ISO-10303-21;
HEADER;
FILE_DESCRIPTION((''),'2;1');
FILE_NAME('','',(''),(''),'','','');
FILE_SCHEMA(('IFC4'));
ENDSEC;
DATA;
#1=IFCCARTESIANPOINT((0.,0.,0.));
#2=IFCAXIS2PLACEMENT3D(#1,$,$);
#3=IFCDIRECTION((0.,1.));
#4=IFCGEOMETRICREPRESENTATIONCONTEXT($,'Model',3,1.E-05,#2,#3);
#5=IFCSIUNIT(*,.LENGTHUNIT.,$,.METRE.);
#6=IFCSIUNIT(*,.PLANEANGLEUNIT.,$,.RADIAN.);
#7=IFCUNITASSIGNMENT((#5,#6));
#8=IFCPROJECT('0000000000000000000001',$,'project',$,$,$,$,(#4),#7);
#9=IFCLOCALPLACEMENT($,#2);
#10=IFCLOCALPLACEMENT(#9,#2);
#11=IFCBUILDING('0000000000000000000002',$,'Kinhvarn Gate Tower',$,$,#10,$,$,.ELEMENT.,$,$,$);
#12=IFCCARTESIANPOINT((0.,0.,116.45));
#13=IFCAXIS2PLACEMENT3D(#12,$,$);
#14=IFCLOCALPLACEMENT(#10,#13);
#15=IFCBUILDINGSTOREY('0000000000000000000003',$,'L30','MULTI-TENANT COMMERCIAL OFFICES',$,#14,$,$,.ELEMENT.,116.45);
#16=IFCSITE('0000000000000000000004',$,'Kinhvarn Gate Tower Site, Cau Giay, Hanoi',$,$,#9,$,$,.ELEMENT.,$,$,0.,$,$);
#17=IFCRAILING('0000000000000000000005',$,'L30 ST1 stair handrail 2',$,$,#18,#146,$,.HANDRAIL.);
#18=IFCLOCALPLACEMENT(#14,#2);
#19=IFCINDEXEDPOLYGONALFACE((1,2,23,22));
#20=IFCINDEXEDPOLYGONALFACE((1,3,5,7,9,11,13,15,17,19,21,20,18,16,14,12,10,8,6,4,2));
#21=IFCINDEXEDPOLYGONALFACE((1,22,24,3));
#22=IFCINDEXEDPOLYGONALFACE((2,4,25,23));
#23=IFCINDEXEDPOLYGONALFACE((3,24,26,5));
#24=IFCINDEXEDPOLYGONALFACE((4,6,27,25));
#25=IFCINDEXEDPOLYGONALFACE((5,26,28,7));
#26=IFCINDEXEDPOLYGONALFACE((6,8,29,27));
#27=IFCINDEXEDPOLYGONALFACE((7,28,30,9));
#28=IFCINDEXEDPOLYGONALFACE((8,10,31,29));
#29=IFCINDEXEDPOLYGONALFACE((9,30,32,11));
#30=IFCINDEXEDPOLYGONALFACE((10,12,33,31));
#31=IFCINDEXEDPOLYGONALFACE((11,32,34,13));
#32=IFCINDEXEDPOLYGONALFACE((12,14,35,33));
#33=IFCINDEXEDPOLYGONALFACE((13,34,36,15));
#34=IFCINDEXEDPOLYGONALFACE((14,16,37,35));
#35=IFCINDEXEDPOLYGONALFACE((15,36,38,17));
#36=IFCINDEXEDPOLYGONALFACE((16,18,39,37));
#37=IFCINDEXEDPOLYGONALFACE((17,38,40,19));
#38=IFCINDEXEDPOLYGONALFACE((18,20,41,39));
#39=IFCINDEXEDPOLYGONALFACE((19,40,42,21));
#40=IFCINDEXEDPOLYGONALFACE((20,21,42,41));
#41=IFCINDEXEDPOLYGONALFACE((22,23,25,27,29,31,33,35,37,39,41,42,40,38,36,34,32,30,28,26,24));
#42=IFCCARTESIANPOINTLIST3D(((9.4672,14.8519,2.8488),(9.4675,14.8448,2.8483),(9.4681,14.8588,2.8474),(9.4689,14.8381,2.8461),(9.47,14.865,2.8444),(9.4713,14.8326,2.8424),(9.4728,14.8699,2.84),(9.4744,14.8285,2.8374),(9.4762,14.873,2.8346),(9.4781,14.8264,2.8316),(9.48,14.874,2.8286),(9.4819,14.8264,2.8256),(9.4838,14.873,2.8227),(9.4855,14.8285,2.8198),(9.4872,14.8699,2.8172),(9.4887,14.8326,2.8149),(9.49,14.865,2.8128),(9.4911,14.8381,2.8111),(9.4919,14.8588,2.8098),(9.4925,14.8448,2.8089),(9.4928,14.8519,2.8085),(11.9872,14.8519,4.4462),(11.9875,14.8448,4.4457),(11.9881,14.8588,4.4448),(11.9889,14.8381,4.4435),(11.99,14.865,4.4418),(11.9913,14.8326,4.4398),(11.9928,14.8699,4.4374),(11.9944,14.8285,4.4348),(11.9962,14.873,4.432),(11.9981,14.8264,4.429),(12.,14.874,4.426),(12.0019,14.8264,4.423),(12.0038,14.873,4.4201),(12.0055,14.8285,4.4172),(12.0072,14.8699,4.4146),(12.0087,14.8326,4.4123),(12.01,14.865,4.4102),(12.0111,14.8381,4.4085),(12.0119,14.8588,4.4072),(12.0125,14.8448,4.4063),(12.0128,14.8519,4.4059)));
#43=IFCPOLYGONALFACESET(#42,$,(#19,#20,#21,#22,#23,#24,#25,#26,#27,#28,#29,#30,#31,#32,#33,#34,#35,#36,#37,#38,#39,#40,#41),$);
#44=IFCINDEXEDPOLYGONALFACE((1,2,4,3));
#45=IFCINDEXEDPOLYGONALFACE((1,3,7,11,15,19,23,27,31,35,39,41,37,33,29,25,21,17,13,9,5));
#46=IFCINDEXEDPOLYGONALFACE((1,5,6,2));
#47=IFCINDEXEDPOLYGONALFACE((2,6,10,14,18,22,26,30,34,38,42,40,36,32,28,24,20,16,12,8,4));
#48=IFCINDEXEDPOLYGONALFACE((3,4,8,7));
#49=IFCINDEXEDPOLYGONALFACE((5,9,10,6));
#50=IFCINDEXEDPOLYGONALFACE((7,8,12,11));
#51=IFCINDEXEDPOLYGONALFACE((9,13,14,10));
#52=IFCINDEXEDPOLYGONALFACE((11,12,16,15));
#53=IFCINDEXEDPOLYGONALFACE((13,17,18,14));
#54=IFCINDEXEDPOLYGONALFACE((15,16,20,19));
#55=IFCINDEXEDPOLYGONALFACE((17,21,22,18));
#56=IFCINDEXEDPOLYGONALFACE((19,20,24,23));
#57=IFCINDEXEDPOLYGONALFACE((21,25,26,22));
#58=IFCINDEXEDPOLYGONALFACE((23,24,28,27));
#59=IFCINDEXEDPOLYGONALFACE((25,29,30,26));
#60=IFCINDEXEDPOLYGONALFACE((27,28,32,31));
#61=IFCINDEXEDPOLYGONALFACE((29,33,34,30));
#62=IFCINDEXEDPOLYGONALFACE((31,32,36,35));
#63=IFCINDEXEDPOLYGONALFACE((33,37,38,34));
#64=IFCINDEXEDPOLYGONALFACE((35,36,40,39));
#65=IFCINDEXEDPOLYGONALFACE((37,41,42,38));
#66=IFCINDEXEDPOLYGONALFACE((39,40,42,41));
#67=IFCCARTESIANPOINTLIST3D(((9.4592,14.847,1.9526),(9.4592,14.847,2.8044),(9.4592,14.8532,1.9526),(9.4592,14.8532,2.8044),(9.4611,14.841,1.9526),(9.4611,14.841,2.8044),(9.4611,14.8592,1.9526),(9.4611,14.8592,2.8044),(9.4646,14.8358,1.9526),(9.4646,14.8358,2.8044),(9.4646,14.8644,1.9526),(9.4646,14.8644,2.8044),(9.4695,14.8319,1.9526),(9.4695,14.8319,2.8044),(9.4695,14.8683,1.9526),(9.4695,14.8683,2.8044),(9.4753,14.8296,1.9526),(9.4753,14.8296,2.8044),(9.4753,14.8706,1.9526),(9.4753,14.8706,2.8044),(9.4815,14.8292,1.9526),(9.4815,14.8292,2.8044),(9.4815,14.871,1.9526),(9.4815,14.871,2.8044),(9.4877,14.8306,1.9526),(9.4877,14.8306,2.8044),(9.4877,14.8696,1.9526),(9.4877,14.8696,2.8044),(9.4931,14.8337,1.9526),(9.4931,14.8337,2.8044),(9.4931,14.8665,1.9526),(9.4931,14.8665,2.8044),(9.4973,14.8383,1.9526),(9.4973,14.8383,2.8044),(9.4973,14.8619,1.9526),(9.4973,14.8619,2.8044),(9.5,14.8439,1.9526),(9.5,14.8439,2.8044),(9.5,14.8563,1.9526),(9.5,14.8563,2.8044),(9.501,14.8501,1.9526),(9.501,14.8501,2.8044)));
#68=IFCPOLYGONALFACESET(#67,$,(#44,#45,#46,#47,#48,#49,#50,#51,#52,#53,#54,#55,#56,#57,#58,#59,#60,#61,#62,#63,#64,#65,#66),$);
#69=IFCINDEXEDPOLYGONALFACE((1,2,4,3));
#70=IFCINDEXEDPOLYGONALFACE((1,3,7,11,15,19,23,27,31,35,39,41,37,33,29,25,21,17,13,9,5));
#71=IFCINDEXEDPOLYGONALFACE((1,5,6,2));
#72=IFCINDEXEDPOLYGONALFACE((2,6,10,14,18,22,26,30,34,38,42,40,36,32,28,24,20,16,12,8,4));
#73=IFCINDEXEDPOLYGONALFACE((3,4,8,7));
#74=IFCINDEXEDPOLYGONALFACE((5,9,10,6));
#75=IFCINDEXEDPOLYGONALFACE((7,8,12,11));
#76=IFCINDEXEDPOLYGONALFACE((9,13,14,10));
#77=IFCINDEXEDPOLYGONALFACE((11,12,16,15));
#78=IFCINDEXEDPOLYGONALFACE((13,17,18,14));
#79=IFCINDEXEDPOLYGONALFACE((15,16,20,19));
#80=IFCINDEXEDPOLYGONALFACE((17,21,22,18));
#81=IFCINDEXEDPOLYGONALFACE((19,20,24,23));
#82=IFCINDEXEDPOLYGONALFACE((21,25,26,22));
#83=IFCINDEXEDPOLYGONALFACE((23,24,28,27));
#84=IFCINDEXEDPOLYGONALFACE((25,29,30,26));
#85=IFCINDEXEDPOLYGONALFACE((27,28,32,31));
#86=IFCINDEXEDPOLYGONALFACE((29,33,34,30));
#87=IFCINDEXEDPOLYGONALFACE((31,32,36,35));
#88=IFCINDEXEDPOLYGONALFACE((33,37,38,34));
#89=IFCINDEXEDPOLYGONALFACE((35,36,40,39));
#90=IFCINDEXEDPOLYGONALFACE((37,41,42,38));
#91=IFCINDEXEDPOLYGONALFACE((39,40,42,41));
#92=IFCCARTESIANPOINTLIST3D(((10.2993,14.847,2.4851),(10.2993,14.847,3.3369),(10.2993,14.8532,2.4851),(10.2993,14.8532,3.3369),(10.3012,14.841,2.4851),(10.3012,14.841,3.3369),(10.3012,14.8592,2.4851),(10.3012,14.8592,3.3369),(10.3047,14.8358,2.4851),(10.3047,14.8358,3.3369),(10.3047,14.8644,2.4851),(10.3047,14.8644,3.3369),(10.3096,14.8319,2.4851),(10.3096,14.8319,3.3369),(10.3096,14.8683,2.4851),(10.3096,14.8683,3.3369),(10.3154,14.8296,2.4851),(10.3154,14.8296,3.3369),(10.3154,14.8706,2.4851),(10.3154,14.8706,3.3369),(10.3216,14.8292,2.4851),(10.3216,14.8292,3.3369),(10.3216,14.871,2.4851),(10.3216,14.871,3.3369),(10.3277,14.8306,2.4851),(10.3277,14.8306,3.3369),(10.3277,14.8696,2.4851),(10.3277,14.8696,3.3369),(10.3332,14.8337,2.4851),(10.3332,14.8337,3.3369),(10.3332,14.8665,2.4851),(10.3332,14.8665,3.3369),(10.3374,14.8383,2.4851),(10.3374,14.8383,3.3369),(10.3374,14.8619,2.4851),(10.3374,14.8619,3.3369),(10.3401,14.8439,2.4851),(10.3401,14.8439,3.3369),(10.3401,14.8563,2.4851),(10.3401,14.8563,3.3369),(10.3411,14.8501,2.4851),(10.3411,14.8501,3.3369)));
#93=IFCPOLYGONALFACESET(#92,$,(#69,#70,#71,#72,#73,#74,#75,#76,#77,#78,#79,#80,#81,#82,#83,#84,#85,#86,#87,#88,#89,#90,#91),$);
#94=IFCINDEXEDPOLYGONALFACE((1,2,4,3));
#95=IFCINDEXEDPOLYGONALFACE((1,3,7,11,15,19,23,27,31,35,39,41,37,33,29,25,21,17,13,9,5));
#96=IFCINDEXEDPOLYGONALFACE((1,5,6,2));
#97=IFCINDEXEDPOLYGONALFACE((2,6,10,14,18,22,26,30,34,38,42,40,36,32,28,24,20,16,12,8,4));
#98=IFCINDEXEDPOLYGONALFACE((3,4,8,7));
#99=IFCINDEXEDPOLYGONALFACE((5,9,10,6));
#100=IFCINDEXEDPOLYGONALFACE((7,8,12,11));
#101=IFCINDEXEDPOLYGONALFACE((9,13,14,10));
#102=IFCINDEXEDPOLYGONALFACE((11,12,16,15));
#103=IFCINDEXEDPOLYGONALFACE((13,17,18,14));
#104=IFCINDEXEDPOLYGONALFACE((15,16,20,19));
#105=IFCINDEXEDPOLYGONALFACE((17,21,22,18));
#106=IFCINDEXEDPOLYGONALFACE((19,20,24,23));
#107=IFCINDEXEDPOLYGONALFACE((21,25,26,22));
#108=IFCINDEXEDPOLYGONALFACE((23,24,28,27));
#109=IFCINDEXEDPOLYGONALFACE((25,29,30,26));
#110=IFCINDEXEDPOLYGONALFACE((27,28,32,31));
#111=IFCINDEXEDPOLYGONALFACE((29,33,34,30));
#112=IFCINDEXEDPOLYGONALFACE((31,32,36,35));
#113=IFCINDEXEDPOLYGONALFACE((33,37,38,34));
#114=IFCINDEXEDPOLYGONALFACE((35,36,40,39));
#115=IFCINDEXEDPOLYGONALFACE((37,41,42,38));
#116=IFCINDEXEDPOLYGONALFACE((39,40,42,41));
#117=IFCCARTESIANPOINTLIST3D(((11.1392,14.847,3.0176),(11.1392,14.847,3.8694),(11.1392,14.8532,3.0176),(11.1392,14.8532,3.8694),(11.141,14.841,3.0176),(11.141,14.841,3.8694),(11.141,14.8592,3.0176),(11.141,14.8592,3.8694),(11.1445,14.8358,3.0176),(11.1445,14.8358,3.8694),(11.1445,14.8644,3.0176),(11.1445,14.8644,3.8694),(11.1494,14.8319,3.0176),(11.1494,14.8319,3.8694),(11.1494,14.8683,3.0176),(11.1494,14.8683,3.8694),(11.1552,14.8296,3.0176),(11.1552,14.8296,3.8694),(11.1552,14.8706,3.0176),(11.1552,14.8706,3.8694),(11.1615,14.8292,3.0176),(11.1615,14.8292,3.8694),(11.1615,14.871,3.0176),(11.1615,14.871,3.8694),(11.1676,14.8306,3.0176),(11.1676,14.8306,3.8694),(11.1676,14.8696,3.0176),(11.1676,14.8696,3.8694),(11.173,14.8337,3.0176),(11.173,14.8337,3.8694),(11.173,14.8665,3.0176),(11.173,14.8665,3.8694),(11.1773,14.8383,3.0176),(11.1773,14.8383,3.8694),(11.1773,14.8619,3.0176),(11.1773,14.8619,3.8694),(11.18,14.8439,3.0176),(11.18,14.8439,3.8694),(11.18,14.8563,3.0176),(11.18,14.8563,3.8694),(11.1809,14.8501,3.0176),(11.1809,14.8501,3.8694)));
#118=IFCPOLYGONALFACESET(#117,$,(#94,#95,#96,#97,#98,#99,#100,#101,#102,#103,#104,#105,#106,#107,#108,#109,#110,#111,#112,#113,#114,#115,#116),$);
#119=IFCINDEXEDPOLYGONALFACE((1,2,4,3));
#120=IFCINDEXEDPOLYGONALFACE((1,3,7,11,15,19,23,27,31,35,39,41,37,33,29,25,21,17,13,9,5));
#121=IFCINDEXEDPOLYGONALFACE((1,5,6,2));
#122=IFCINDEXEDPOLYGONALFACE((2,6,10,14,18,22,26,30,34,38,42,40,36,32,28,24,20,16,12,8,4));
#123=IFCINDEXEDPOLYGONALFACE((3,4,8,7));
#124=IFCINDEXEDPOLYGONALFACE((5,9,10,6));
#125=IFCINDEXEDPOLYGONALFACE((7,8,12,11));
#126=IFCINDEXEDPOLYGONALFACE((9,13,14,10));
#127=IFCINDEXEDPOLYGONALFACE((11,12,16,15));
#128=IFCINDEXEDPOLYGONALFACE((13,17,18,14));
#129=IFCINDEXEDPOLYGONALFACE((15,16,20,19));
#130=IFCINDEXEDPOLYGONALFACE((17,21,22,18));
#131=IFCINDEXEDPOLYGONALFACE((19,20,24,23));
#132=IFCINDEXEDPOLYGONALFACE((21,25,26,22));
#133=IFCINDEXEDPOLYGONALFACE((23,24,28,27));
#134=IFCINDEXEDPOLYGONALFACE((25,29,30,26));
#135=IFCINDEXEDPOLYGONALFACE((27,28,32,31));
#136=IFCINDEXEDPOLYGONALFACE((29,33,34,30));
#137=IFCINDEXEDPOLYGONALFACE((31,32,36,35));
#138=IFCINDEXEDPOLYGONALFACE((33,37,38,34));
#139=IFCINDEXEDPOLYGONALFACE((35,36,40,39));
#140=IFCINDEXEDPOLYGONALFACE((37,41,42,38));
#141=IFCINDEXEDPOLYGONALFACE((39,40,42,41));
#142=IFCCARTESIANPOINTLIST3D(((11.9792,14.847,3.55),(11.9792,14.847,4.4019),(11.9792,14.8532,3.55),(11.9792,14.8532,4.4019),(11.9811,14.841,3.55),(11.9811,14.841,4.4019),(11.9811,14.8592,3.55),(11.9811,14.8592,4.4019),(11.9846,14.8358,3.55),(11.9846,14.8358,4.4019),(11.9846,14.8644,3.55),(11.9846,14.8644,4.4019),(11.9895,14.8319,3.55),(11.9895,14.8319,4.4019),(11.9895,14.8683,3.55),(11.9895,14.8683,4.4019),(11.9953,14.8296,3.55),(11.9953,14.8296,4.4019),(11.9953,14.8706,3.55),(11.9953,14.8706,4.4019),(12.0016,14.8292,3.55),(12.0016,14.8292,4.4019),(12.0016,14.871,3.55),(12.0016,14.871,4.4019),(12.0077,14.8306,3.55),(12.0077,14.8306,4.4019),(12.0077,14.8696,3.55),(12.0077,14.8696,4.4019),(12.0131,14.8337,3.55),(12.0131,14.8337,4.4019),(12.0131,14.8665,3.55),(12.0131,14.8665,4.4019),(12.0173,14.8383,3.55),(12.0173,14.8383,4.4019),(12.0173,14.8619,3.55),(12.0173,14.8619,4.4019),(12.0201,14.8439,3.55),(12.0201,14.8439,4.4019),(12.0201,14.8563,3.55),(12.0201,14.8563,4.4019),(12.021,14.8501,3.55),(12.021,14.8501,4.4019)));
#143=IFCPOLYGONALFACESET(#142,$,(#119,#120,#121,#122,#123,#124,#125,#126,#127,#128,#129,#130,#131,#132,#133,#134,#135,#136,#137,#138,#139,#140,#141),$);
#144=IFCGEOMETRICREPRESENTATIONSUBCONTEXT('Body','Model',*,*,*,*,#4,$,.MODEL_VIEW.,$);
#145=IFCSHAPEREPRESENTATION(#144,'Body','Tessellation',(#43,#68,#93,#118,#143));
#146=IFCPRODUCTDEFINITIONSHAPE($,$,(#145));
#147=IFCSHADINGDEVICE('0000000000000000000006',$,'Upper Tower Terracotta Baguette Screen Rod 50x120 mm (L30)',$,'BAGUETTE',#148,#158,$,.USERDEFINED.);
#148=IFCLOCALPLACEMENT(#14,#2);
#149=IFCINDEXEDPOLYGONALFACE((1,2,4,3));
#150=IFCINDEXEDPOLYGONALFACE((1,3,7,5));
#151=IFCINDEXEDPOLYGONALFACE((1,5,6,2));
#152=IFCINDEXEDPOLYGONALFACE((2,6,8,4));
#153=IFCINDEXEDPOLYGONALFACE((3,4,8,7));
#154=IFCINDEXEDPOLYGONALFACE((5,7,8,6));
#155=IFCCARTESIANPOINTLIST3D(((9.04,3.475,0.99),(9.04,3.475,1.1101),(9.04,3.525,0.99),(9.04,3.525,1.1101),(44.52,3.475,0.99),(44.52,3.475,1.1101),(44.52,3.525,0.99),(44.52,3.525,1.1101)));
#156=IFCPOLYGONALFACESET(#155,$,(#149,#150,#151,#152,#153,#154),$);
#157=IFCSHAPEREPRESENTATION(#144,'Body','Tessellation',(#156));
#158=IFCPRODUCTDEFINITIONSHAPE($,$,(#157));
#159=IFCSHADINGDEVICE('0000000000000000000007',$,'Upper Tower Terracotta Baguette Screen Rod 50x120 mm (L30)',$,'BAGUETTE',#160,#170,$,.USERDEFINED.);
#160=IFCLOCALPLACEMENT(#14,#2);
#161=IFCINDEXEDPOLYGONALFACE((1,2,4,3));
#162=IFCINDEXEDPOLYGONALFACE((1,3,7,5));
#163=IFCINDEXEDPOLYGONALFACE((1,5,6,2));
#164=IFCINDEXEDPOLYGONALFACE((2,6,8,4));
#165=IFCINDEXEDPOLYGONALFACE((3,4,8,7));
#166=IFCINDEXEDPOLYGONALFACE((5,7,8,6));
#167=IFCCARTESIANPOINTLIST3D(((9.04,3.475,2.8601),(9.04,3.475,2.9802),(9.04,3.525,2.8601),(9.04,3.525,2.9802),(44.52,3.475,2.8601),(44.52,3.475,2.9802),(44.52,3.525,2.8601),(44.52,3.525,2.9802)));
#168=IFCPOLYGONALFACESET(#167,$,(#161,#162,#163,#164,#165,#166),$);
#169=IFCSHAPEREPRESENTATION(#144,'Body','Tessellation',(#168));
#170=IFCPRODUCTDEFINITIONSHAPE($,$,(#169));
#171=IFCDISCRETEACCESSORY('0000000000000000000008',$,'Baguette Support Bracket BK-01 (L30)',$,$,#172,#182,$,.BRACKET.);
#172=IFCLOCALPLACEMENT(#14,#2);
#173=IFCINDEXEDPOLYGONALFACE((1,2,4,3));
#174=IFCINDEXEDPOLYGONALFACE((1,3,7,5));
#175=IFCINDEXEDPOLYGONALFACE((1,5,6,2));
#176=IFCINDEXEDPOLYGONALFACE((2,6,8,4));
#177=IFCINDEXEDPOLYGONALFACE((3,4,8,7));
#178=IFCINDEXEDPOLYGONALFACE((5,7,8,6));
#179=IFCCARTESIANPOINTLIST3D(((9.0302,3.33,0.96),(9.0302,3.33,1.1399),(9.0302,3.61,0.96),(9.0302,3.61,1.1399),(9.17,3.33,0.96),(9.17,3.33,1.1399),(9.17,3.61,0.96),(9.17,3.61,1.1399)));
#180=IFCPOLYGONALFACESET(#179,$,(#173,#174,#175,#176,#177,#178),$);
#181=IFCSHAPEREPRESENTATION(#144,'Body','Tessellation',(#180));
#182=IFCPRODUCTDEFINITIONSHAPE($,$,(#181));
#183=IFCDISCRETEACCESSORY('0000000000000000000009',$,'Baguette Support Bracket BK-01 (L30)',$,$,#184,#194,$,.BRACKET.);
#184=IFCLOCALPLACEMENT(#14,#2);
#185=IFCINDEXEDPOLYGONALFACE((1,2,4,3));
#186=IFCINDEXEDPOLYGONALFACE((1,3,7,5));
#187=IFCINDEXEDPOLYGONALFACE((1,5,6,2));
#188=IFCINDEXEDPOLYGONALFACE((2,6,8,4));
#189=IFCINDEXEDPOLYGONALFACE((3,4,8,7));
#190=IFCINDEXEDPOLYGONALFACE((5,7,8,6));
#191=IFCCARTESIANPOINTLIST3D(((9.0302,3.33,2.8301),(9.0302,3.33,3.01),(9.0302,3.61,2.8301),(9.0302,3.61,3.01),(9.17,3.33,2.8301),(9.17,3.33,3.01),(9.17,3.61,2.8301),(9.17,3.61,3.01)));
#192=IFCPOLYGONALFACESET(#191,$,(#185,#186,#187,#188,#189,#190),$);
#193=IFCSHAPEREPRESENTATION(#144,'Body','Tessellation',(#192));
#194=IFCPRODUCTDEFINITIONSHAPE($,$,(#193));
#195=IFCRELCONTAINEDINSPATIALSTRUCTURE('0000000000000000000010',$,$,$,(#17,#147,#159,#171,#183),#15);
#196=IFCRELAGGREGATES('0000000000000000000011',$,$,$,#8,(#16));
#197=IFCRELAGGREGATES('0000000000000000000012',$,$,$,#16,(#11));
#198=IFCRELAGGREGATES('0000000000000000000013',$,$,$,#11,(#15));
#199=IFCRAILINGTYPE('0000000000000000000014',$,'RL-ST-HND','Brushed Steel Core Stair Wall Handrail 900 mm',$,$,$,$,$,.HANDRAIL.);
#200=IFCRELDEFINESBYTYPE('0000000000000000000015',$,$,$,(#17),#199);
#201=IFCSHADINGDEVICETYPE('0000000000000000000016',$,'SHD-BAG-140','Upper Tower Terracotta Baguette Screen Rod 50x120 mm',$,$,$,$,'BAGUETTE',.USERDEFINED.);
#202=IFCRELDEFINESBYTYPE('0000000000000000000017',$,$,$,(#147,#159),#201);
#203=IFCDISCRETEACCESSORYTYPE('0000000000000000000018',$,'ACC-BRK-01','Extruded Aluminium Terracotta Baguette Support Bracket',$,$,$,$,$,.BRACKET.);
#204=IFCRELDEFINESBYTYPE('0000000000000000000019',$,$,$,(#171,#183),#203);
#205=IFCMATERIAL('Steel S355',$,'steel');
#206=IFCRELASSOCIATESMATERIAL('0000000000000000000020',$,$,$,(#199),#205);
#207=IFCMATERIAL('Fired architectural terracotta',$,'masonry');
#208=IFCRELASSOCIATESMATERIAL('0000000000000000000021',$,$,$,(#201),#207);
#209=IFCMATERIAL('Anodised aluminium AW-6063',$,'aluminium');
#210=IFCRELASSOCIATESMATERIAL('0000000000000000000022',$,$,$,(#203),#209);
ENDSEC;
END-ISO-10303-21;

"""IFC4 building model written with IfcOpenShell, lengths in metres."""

from ifc_helpers import new_model, si_unit, direction, frame, origin, origin_2d, place, context, subcontext, project, spatial, rectangle, circle, extrude, material, material_profile, profile_set, type_object, element, save


model = new_model("IFC4")

# Units and contexts
model_context = context("Model", 3, precision=1e-05, world=origin(), true_north=direction((0.0, 1.0)))
body_context = subcontext(model_context, "Body", "Model", "MODEL_VIEW")
ifc_project = project(units=[si_unit("LENGTHUNIT", "METRE"), si_unit("PLANEANGLEUNIT", "RADIAN")], contexts=[model_context])

# Site, building, storey
site_placement = place(None, origin())
site = spatial("IfcSite", under=ifc_project, at=site_placement, Name="Kinhvarn Gate Tower Site, Cau Giay, Hanoi", CompositionType="ELEMENT", RefElevation=0.0)
building_placement = place(site_placement, origin())
building = spatial("IfcBuilding", under=site, at=building_placement, Name="Kinhvarn Gate Tower", CompositionType="ELEMENT")
storey_placement = place(building_placement, frame((0.0, 0.0, 116.45)))
storey = spatial("IfcBuildingStorey", under=building, at=storey_placement, Name="L30", Description="MULTI-TENANT COMMERCIAL OFFICES", CompositionType="ELEMENT", Elevation=116.45)

# Shared definitions
ifc_material_1 = material(Name="Anodised aluminium AW-6063", Category="aluminium")

# Shared definitions
ifc_material_2 = material(Name="Steel S355", Category="steel")

# Shared definitions
ifc_material_3 = material(Name="Fired architectural terracotta", Category="masonry")

# Railing
railing_type_1 = type_object("IfcRailingType", Name="RL-ST-HND", Description="Brushed Steel Core Stair Wall Handrail 900 mm", PredefinedType="HANDRAIL", material=ifc_material_2)
railing_1_placement = place(storey_placement, frame((9.48, 14.8501, 1.9526)))
element("IfcRailing", 1, at=railing_1_placement, inside=storey, type_object=railing_type_1, Name="L30 ST1 stair handrail 2", PredefinedType="HANDRAIL", context=body_context, shape_type="SweptSolid", body=[
    extrude(circle(Radius=0.0239, at=origin_2d()), frame((0.0, 0.0, 0.876), z_axis=(0.844607, 0.0, 0.535387), x_axis=(0.0, 1.0, 0.0)), (0.0, 0.0, 1.0), 2.9836),
    extrude(circle(Radius=0.021, at=origin_2d()), origin(), (0.0, 0.0, 1.0), 0.8518),
    extrude(circle(Radius=0.021, at=origin_2d()), frame((0.8401, 0.0, 0.5325)), (0.0, 0.0, 1.0), 0.8518),
    extrude(circle(Radius=0.021, at=origin_2d()), frame((1.6799, 0.0, 1.0649)), (0.0, 0.0, 1.0), 0.8518),
    extrude(circle(Radius=0.021, at=origin_2d()), frame((2.52, 0.0, 1.5974)), (0.0, 0.0, 1.0), 0.8518),
])

# Shading devices
ifc_material_profile_1 = material_profile(ifc_material_3, rectangle(XDim=0.05, YDim=0.1201, at=origin_2d()), Name="TC 50x120")
ifc_profile_set_1 = profile_set([ifc_material_profile_1], Name="Fired architectural terracotta")
shading_device_type = type_object("IfcShadingDeviceType", Name="SHD-BAG-140", Description="Upper Tower Terracotta Baguette Screen Rod 50x120 mm", ElementType="BAGUETTE", PredefinedType="USERDEFINED", material=ifc_profile_set_1)
for number, where, z_axis, x_axis, name in (
    (2, (9.04, 3.5, 1.05), (1.0, 0.0, 0.0), (0.0, 1.0, 0.0), "Upper Tower Terracotta Baguette Screen Rod 50x120 mm (L30)"),
    (3, (9.04, 3.5, 2.9202), (1.0, 0.0, 0.0), (0.0, 1.0, 0.0), "Upper Tower Terracotta Baguette Screen Rod 50x120 mm (L30)"),
):
    element("IfcShadingDevice", number, at=place(storey_placement, frame(where, z_axis=z_axis, x_axis=x_axis)), inside=storey, type_object=shading_device_type, Name=name, ObjectType="BAGUETTE", PredefinedType="USERDEFINED", context=body_context, shape_type="SweptSolid", body=[
        extrude(rectangle(XDim=0.05, YDim=0.1201, at=origin_2d()), origin(), (0.0, 0.0, 1.0), 35.48),
    ])

# Discrete accessories
discrete_accessory_type = type_object("IfcDiscreteAccessoryType", Name="ACC-BRK-01", Description="Extruded Aluminium Terracotta Baguette Support Bracket", PredefinedType="BRACKET", material=ifc_material_1)
for number, where, z_axis, x_axis, name in (
    (4, (9.1001, 3.47, 0.96), (0.0, 0.0, 1.0), (1.0, 0.0, 0.0), "Baguette Support Bracket BK-01 (L30)"),
    (5, (9.1001, 3.47, 2.8301), (0.0, 0.0, 1.0), (1.0, 0.0, 0.0), "Baguette Support Bracket BK-01 (L30)"),
):
    element("IfcDiscreteAccessory", number, at=place(storey_placement, frame(where, z_axis=z_axis, x_axis=x_axis)), inside=storey, type_object=discrete_accessory_type, Name=name, PredefinedType="BRACKET", context=body_context, shape_type="SweptSolid", body=[
        extrude(rectangle(XDim=0.1399, YDim=0.28, at=origin_2d()), origin(), (0.0, 0.0, 1.0), 0.1799),
    ])

save(model, "model.ifc")
